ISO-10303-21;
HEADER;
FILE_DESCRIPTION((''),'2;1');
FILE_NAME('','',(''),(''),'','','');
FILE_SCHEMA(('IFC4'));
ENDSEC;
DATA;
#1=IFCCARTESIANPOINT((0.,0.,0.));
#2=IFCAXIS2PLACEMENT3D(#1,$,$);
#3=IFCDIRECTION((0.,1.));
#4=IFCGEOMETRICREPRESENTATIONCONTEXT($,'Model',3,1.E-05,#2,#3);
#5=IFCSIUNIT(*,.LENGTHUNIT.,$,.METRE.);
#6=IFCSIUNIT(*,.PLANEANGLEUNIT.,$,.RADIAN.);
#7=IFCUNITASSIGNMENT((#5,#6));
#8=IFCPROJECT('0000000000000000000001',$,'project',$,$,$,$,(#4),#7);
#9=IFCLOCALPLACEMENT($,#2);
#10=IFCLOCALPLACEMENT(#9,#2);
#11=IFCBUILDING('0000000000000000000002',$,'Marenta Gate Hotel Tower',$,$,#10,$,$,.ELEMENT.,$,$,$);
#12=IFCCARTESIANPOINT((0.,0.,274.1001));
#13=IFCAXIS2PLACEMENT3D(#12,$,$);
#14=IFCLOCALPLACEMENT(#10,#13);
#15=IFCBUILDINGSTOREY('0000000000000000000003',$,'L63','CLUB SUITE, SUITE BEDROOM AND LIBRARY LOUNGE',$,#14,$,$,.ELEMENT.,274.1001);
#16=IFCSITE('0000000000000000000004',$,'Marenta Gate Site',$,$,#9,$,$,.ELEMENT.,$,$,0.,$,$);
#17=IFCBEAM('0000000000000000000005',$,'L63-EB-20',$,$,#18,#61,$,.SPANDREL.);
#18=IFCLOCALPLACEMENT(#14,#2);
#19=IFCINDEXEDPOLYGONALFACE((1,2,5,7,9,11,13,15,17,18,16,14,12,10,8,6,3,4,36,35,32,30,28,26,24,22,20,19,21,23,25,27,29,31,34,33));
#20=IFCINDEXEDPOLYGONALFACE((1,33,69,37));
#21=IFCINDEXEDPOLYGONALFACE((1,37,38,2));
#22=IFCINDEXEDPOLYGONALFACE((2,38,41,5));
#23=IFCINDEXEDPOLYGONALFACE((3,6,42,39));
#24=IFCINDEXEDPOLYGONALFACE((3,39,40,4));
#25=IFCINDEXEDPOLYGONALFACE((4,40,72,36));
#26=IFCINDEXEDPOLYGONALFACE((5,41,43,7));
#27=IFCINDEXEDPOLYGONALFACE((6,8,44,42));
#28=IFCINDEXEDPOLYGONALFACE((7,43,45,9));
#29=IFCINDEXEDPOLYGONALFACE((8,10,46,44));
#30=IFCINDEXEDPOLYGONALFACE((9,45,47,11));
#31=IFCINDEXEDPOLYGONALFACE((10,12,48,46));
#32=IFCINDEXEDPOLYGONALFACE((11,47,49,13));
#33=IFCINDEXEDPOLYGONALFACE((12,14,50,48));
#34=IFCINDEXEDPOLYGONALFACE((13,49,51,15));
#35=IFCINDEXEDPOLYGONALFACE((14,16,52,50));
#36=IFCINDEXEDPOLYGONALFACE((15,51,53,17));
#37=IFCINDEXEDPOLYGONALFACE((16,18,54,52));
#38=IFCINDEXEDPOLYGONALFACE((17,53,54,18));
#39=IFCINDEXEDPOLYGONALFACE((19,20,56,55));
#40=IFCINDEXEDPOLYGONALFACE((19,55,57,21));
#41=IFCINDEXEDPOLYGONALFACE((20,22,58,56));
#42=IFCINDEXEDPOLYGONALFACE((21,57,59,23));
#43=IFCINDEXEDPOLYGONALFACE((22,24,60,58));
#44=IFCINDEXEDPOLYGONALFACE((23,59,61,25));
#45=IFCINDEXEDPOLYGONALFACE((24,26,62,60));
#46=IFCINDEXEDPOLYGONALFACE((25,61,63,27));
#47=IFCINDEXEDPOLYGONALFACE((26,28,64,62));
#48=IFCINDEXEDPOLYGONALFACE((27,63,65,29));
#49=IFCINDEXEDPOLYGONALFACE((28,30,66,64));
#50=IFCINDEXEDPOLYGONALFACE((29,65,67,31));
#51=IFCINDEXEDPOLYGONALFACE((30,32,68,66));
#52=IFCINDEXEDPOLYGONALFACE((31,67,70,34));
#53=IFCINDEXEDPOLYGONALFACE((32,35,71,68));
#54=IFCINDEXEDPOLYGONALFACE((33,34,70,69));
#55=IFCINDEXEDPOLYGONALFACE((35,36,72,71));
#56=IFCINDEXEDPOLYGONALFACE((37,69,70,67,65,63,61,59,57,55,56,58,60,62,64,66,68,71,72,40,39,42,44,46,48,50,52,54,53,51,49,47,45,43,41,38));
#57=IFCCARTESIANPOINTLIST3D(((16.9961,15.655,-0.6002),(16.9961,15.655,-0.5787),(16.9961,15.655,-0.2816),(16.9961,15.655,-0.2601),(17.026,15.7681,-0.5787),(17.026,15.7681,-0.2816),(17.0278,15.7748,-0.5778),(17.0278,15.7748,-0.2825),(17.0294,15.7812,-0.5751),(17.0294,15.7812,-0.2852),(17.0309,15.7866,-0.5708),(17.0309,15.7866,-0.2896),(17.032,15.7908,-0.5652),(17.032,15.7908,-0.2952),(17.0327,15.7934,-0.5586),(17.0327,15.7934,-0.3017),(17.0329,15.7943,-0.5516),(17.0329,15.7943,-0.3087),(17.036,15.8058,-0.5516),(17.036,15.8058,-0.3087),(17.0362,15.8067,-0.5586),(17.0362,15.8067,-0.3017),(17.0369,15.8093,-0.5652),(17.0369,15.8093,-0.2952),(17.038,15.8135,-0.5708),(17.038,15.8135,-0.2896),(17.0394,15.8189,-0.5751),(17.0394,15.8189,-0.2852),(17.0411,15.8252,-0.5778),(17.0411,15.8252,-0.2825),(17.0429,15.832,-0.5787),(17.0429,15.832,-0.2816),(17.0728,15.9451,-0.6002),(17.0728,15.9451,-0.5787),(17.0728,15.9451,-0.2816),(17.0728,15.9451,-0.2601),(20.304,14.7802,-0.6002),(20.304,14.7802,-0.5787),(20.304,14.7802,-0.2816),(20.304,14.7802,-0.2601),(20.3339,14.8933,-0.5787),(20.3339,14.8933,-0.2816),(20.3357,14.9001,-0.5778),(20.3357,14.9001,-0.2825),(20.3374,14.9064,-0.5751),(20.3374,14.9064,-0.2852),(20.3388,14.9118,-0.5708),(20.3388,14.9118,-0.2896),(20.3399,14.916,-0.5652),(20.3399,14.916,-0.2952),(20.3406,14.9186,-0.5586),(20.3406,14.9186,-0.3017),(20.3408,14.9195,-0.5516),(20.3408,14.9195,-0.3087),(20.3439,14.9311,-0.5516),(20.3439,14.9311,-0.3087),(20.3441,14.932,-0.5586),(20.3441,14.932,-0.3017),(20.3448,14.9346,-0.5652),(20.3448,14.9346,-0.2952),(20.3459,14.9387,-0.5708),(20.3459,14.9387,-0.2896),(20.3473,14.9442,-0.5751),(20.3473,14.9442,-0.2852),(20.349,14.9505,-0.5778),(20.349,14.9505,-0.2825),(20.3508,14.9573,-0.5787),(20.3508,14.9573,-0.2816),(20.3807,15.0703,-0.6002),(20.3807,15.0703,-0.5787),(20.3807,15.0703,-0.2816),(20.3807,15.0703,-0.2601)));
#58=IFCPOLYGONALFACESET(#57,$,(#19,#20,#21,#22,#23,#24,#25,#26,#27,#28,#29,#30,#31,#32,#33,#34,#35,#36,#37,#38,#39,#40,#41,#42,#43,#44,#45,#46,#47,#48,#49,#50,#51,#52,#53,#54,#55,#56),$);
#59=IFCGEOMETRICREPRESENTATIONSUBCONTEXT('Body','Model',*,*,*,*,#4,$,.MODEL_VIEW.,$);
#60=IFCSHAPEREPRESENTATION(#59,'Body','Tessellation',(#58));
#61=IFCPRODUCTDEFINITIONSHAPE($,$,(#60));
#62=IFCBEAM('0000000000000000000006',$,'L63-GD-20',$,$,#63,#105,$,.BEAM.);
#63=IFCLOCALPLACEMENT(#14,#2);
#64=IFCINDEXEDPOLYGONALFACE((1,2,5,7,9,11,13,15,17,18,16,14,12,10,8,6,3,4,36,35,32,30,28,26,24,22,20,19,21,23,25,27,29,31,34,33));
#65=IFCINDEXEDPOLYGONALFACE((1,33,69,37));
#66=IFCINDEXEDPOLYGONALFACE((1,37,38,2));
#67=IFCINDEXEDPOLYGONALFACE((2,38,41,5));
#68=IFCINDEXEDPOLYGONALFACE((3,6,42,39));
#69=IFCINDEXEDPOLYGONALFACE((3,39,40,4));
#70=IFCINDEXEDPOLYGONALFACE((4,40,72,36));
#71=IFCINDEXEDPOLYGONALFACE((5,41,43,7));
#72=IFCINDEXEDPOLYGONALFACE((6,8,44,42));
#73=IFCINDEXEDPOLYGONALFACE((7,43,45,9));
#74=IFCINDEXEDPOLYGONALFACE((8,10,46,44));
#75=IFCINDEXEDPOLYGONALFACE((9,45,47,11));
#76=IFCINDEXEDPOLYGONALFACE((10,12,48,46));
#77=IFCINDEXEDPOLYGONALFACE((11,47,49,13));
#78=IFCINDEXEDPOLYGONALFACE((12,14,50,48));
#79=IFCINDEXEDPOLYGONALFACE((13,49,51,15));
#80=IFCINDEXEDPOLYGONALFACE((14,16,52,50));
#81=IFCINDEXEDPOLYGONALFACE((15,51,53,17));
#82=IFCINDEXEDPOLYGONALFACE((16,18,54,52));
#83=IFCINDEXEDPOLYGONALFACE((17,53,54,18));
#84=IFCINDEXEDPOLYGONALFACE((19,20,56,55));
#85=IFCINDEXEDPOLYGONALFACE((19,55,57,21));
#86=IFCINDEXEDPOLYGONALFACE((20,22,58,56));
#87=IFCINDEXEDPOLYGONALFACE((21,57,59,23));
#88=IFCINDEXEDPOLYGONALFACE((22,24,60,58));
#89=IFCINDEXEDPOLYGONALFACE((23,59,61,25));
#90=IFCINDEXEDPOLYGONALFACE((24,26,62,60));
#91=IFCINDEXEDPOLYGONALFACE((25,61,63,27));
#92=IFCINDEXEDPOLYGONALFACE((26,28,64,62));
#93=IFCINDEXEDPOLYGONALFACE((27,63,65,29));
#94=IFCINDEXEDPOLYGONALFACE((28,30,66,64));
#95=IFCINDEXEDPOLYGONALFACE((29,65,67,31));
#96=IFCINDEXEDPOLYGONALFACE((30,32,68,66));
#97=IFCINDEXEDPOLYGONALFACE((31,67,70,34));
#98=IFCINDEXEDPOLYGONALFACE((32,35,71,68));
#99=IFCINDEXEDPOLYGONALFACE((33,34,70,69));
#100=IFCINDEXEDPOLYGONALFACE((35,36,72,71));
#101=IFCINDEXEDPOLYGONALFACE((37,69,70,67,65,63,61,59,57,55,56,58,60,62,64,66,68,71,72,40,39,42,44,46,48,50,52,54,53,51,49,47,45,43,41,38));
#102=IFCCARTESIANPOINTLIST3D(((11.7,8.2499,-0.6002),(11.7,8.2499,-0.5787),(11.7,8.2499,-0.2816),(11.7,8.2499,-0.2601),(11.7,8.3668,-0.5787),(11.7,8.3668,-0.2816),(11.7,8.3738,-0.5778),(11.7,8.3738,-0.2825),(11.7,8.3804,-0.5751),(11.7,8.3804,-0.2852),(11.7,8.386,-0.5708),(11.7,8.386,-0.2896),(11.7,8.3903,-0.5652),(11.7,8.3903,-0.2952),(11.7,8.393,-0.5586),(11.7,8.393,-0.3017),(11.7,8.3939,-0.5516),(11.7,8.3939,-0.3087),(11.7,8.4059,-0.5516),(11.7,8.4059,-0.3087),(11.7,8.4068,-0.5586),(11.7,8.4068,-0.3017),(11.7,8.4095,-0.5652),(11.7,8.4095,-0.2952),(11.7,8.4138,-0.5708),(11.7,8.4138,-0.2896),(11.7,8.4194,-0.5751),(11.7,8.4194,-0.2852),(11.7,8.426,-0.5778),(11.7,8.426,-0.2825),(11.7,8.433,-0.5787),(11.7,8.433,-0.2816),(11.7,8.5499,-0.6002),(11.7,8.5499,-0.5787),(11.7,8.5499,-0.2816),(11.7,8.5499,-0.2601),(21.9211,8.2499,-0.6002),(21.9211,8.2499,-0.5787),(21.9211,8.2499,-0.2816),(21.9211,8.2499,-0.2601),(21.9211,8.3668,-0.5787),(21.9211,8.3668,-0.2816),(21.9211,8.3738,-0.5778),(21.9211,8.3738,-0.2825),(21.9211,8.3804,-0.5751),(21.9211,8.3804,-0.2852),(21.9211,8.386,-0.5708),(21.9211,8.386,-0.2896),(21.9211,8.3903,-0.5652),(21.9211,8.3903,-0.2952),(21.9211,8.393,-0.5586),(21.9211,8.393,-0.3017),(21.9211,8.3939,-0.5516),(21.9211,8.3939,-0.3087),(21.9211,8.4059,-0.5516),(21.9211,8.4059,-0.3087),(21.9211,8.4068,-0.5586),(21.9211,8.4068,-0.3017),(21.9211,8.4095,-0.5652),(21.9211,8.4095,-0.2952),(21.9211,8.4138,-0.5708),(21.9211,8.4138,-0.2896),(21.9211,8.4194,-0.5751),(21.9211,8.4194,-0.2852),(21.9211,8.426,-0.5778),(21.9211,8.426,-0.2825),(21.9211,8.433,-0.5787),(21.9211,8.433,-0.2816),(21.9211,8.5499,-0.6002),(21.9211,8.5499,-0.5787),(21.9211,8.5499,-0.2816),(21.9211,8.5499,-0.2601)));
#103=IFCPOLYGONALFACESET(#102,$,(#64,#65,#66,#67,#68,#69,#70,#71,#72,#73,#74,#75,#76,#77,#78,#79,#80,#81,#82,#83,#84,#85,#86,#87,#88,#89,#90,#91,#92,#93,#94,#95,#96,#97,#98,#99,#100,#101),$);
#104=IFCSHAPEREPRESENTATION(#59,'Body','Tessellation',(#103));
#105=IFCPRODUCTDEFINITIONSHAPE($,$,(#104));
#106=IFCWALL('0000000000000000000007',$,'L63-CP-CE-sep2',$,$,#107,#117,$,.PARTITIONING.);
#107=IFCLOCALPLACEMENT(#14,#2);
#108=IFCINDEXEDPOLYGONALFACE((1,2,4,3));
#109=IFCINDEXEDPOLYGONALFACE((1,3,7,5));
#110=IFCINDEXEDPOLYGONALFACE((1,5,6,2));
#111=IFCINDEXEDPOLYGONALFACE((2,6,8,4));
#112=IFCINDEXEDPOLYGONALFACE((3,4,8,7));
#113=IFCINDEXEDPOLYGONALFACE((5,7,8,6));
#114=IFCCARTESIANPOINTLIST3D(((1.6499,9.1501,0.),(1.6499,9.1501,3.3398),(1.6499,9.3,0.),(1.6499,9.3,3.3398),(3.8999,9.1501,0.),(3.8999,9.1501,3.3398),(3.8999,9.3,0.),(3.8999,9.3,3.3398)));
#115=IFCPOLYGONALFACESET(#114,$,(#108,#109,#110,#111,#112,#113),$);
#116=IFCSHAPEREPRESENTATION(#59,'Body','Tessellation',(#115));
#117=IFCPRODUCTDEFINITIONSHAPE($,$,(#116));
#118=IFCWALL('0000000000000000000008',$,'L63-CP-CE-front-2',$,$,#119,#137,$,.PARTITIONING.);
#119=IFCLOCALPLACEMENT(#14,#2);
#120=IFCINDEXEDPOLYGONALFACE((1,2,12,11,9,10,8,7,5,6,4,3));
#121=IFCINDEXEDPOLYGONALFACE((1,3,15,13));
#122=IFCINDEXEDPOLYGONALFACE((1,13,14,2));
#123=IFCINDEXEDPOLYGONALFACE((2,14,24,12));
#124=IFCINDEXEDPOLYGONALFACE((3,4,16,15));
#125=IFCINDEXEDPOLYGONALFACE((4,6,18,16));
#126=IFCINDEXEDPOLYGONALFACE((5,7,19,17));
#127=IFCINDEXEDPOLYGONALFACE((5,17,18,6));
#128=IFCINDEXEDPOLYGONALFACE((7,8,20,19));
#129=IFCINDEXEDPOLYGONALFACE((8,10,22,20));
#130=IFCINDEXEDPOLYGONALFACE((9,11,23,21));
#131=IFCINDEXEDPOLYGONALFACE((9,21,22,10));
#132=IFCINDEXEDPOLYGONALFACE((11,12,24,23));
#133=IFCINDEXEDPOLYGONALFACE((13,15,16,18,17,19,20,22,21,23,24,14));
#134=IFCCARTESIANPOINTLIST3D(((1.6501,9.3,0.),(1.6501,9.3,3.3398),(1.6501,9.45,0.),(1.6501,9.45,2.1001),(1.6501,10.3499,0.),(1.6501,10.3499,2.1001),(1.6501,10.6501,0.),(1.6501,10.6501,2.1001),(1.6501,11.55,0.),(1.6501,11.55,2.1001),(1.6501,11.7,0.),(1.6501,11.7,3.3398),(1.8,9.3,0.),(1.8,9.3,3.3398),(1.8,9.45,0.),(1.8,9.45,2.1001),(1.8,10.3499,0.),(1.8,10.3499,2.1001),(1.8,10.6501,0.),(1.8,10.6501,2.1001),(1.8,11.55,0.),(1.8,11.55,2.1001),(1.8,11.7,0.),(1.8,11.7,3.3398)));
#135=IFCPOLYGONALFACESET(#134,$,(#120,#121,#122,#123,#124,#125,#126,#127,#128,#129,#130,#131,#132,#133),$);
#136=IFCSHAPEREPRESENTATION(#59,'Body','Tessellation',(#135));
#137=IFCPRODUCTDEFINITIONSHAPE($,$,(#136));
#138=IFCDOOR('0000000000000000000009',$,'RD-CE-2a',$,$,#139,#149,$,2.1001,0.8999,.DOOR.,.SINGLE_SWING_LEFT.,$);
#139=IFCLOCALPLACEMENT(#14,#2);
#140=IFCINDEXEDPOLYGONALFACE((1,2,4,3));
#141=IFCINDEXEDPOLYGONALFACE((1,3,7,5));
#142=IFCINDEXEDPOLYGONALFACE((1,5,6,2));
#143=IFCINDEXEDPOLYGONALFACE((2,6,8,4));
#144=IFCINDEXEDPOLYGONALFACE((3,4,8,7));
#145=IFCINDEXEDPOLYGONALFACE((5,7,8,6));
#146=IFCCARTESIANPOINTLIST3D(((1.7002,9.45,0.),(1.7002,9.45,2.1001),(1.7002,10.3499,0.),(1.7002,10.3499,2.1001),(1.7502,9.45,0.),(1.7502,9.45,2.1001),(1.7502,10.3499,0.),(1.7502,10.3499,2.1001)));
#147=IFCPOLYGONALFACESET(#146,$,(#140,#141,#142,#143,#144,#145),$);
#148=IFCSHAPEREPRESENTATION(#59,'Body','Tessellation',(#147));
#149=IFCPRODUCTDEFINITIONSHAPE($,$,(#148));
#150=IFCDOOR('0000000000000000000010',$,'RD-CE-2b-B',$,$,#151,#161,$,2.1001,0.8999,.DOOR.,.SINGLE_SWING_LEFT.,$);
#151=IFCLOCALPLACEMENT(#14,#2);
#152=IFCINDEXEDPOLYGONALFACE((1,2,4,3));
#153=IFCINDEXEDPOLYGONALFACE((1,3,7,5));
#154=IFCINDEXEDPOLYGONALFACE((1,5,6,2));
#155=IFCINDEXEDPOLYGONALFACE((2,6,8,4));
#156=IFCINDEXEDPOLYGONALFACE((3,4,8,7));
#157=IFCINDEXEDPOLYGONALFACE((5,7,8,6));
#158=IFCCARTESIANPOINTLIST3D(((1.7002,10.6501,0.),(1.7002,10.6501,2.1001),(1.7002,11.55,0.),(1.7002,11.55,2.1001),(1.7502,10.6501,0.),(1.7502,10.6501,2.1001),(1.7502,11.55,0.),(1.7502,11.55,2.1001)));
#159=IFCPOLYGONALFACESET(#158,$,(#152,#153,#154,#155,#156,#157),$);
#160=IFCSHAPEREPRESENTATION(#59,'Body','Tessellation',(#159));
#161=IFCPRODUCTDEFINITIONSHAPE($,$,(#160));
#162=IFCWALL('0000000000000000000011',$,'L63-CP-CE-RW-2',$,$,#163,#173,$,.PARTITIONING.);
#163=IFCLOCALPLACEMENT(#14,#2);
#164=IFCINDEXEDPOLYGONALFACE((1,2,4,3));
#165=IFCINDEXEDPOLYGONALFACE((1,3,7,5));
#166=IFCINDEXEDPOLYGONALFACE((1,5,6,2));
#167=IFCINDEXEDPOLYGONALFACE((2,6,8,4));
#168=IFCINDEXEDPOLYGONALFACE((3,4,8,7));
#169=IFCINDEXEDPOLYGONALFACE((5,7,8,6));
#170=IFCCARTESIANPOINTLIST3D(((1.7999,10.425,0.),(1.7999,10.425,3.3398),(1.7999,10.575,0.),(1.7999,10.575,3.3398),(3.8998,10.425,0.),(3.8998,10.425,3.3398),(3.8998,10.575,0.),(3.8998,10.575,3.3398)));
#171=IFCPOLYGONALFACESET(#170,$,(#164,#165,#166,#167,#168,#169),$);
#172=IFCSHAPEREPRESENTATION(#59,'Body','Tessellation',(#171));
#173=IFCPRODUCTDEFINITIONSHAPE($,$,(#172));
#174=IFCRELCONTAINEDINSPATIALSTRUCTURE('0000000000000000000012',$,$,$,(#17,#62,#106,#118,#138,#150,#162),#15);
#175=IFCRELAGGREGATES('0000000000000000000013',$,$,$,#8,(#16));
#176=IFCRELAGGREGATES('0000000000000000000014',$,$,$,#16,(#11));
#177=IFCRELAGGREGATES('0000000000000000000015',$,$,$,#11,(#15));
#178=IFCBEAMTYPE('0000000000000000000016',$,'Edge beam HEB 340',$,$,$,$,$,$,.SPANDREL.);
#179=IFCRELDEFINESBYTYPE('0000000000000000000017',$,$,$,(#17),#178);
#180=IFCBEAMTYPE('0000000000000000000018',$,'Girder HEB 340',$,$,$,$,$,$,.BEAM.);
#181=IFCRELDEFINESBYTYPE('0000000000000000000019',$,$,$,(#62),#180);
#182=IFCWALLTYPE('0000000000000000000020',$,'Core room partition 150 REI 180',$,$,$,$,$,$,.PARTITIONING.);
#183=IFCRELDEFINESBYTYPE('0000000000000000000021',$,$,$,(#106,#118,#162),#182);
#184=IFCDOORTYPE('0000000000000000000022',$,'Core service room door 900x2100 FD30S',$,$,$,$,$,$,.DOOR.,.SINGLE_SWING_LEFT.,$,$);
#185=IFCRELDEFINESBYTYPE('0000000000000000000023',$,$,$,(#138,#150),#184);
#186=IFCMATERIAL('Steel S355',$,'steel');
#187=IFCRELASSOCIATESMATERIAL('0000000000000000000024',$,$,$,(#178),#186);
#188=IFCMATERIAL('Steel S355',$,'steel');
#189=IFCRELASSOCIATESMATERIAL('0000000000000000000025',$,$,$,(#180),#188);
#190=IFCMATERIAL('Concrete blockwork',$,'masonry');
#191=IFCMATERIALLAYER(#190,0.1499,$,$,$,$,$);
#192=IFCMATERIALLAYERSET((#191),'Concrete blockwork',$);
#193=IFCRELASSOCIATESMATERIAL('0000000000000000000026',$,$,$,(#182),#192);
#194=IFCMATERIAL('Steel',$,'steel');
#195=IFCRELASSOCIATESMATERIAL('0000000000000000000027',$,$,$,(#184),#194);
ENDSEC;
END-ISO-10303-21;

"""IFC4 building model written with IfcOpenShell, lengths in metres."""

from ifc_helpers import new_model, si_unit, direction, frame, frame_2d, origin, origin_2d, place, context, subcontext, project, spatial, rectangle, i_section, extrude, material, layer, layer_set, material_profile, profile_set, type_object, element, fill, save


model = new_model("IFC4")

# Units and contexts
model_context = context("Model", 3, precision=1e-05, world=origin(), true_north=direction((0.0, 1.0)))
body_context = subcontext(model_context, "Body", "Model", "MODEL_VIEW")
ifc_project = project(units=[si_unit("LENGTHUNIT", "METRE"), si_unit("PLANEANGLEUNIT", "RADIAN")], contexts=[model_context])

# Site, building, storey
site_placement = place(None, origin())
site = spatial("IfcSite", under=ifc_project, at=site_placement, Name="Marenta Gate Site", CompositionType="ELEMENT", RefElevation=0.0)
building_placement = place(site_placement, origin())
building = spatial("IfcBuilding", under=site, at=building_placement, Name="Marenta Gate Hotel Tower", CompositionType="ELEMENT")
storey_placement = place(building_placement, frame((0.0, 0.0, 274.1001)))
storey = spatial("IfcBuildingStorey", under=building, at=storey_placement, Name="L63", Description="CLUB SUITE, SUITE BEDROOM AND LIBRARY LOUNGE", CompositionType="ELEMENT", Elevation=274.1001)

# Beams
ifc_material_1 = material(Name="Steel S355", Category="steel")
ifc_material_profile_1 = material_profile(ifc_material_1, i_section(OverallWidth=0.3, OverallDepth=0.3401, WebThickness=0.012, FlangeThickness=0.0215, FilletRadius=0.0271, at=origin_2d()), Name="HEB 340")
ifc_profile_set_1 = profile_set([ifc_material_profile_1], Name="Steel S355")
beam_type_1 = type_object("IfcBeamType", Name="Edge beam HEB 340", PredefinedType="SPANDREL", material=ifc_profile_set_1)
beam_1_placement = place(storey_placement, frame((17.0344, 15.8, -0.4302), z_axis=(0.966767, -0.255659, 0.0), x_axis=(0.255659, 0.966767, 0.0)))
element("IfcBeam", 1, at=beam_1_placement, inside=storey, type_object=beam_type_1, Name="L63-EB-20", PredefinedType="SPANDREL", context=body_context, shape_type="SweptSolid", body=[
    extrude(i_section(OverallWidth=0.3, OverallDepth=0.3401, WebThickness=0.012, FlangeThickness=0.0215, FilletRadius=0.0271, at=origin_2d()), origin(), (0.0, 0.0, 1.0), 3.4216),
])
ifc_material_2 = material(Name="Steel S355", Category="steel")
ifc_material_profile_2 = material_profile(ifc_material_2, i_section(OverallWidth=0.3, OverallDepth=0.3401, WebThickness=0.012, FlangeThickness=0.0215, FilletRadius=0.0271, at=origin_2d()), Name="HEB 340")
ifc_profile_set_2 = profile_set([ifc_material_profile_2], Name="Steel S355")
beam_type_2 = type_object("IfcBeamType", Name="Girder HEB 340", PredefinedType="BEAM", material=ifc_profile_set_2)
beam_2_placement = place(storey_placement, frame((11.7, 8.3999, -0.4302), z_axis=(1.0, 0.0, 0.0), x_axis=(0.0, 1.0, 0.0)))
element("IfcBeam", 2, at=beam_2_placement, inside=storey, type_object=beam_type_2, Name="L63-GD-20", PredefinedType="BEAM", context=body_context, shape_type="SweptSolid", body=[
    extrude(i_section(OverallWidth=0.3, OverallDepth=0.3401, WebThickness=0.012, FlangeThickness=0.0215, FilletRadius=0.0271, at=origin_2d()), origin(), (0.0, 0.0, 1.0), 10.2212),
])

# Wall
ifc_material_3 = material(Name="Concrete blockwork", Category="masonry")
ifc_layer_1 = layer(ifc_material_3, 0.1499)
ifc_layer_set_1 = layer_set([ifc_layer_1], Name="Concrete blockwork")
wall_type_1 = type_object("IfcWallType", Name="Core room partition 150 REI 180", PredefinedType="PARTITIONING", material=ifc_layer_set_1)
wall_1_placement = place(storey_placement, frame((1.6499, 9.2251, 0.0), z_axis=(0.0, 0.0, 1.0), x_axis=(1.0, 0.0, 0.0)))
element("IfcWall", 3, at=wall_1_placement, inside=storey, type_object=wall_type_1, Name="L63-CP-CE-sep2", PredefinedType="PARTITIONING", context=body_context, shape_type="SweptSolid", body=[
    extrude(rectangle(XDim=2.25, YDim=0.1499, at=frame_2d((1.125, 0.0))), origin(), (0.0, 0.0, 1.0), 3.3398),
])

# Wall, openings, doors
wall_2_placement = place(storey_placement, frame((1.7251, 9.3, 0.0), z_axis=(0.0, 0.0, 1.0), x_axis=(0.0, 1.0, 0.0)))
wall_2 = element("IfcWall", 4, at=wall_2_placement, inside=storey, type_object=wall_type_1, Name="L63-CP-CE-front-2", PredefinedType="PARTITIONING", context=body_context, shape_type="SweptSolid", body=[
    extrude(rectangle(XDim=2.3999, YDim=0.1499, at=frame_2d((1.2, 0.0))), origin(), (0.0, 0.0, 1.0), 3.3398),
])
opening_1_placement = place(wall_2_placement, frame((0.1499, 0.0, 0.0)))
opening_1 = element("IfcOpeningElement", 5, at=opening_1_placement, cuts=wall_2, PredefinedType="OPENING", context=body_context, shape_type="SweptSolid", body=[
    extrude(rectangle(XDim=0.8999, YDim=2.1001, at=frame_2d((0.45, 1.05))), frame((0.0, 0.075, 0.0), z_axis=(0.0, -1.0, 0.0), x_axis=(1.0, 0.0, 0.0)), (0.0, 0.0, 1.0), 0.1499),
])
opening_2_placement = place(wall_2_placement, frame((1.3501, 0.0, 0.0)))
opening_2 = element("IfcOpeningElement", 6, at=opening_2_placement, cuts=wall_2, PredefinedType="OPENING", context=body_context, shape_type="SweptSolid", body=[
    extrude(rectangle(XDim=0.8999, YDim=2.1001, at=frame_2d((0.45, 1.05))), frame((0.0, 0.075, 0.0), z_axis=(0.0, -1.0, 0.0), x_axis=(1.0, 0.0, 0.0)), (0.0, 0.0, 1.0), 0.1499),
])
ifc_material_4 = material(Name="Steel", Category="steel")
door_type_1 = type_object("IfcDoorType", Name="Core service room door 900x2100 FD30S", OperationType="SINGLE_SWING_LEFT", PredefinedType="DOOR", material=ifc_material_4)
door_1_placement = place(opening_1_placement, origin())
door_1 = element("IfcDoor", 7, at=door_1_placement, inside=storey, type_object=door_type_1, Name="RD-CE-2a", OperationType="SINGLE_SWING_LEFT", OverallHeight=2.1001, OverallWidth=0.8999, PredefinedType="DOOR", context=body_context, shape_type="SweptSolid", body=[
    extrude(rectangle(XDim=0.8999, YDim=2.1001, at=frame_2d((0.45, 1.05))), frame((0.0, 0.0249, 0.0), z_axis=(0.0, -1.0, 0.0), x_axis=(1.0, 0.0, 0.0)), (0.0, 0.0, 1.0), 0.05),
])
fill(opening_1, door_1)
door_2_placement = place(opening_2_placement, origin())
door_2 = element("IfcDoor", 8, at=door_2_placement, inside=storey, type_object=door_type_1, Name="RD-CE-2b-B", OperationType="SINGLE_SWING_LEFT", OverallHeight=2.1001, OverallWidth=0.8999, PredefinedType="DOOR", context=body_context, shape_type="SweptSolid", body=[
    extrude(rectangle(XDim=0.8999, YDim=2.1001, at=frame_2d((0.45, 1.05))), frame((0.0, 0.0249, 0.0), z_axis=(0.0, -1.0, 0.0), x_axis=(1.0, 0.0, 0.0)), (0.0, 0.0, 1.0), 0.05),
])
fill(opening_2, door_2)

# Wall
wall_3_placement = place(storey_placement, frame((1.8, 10.5, 0.0), z_axis=(0.0, 0.0, 1.0), x_axis=(1.0, 0.0, 0.0)))
element("IfcWall", 9, at=wall_3_placement, inside=storey, type_object=wall_type_1, Name="L63-CP-CE-RW-2", PredefinedType="PARTITIONING", context=body_context, shape_type="SweptSolid", body=[
    extrude(rectangle(XDim=2.0999, YDim=0.1499, at=frame_2d((1.0498, 0.0))), origin(), (0.0, 0.0, 1.0), 3.3398),
])

save(model, "model.ifc")
